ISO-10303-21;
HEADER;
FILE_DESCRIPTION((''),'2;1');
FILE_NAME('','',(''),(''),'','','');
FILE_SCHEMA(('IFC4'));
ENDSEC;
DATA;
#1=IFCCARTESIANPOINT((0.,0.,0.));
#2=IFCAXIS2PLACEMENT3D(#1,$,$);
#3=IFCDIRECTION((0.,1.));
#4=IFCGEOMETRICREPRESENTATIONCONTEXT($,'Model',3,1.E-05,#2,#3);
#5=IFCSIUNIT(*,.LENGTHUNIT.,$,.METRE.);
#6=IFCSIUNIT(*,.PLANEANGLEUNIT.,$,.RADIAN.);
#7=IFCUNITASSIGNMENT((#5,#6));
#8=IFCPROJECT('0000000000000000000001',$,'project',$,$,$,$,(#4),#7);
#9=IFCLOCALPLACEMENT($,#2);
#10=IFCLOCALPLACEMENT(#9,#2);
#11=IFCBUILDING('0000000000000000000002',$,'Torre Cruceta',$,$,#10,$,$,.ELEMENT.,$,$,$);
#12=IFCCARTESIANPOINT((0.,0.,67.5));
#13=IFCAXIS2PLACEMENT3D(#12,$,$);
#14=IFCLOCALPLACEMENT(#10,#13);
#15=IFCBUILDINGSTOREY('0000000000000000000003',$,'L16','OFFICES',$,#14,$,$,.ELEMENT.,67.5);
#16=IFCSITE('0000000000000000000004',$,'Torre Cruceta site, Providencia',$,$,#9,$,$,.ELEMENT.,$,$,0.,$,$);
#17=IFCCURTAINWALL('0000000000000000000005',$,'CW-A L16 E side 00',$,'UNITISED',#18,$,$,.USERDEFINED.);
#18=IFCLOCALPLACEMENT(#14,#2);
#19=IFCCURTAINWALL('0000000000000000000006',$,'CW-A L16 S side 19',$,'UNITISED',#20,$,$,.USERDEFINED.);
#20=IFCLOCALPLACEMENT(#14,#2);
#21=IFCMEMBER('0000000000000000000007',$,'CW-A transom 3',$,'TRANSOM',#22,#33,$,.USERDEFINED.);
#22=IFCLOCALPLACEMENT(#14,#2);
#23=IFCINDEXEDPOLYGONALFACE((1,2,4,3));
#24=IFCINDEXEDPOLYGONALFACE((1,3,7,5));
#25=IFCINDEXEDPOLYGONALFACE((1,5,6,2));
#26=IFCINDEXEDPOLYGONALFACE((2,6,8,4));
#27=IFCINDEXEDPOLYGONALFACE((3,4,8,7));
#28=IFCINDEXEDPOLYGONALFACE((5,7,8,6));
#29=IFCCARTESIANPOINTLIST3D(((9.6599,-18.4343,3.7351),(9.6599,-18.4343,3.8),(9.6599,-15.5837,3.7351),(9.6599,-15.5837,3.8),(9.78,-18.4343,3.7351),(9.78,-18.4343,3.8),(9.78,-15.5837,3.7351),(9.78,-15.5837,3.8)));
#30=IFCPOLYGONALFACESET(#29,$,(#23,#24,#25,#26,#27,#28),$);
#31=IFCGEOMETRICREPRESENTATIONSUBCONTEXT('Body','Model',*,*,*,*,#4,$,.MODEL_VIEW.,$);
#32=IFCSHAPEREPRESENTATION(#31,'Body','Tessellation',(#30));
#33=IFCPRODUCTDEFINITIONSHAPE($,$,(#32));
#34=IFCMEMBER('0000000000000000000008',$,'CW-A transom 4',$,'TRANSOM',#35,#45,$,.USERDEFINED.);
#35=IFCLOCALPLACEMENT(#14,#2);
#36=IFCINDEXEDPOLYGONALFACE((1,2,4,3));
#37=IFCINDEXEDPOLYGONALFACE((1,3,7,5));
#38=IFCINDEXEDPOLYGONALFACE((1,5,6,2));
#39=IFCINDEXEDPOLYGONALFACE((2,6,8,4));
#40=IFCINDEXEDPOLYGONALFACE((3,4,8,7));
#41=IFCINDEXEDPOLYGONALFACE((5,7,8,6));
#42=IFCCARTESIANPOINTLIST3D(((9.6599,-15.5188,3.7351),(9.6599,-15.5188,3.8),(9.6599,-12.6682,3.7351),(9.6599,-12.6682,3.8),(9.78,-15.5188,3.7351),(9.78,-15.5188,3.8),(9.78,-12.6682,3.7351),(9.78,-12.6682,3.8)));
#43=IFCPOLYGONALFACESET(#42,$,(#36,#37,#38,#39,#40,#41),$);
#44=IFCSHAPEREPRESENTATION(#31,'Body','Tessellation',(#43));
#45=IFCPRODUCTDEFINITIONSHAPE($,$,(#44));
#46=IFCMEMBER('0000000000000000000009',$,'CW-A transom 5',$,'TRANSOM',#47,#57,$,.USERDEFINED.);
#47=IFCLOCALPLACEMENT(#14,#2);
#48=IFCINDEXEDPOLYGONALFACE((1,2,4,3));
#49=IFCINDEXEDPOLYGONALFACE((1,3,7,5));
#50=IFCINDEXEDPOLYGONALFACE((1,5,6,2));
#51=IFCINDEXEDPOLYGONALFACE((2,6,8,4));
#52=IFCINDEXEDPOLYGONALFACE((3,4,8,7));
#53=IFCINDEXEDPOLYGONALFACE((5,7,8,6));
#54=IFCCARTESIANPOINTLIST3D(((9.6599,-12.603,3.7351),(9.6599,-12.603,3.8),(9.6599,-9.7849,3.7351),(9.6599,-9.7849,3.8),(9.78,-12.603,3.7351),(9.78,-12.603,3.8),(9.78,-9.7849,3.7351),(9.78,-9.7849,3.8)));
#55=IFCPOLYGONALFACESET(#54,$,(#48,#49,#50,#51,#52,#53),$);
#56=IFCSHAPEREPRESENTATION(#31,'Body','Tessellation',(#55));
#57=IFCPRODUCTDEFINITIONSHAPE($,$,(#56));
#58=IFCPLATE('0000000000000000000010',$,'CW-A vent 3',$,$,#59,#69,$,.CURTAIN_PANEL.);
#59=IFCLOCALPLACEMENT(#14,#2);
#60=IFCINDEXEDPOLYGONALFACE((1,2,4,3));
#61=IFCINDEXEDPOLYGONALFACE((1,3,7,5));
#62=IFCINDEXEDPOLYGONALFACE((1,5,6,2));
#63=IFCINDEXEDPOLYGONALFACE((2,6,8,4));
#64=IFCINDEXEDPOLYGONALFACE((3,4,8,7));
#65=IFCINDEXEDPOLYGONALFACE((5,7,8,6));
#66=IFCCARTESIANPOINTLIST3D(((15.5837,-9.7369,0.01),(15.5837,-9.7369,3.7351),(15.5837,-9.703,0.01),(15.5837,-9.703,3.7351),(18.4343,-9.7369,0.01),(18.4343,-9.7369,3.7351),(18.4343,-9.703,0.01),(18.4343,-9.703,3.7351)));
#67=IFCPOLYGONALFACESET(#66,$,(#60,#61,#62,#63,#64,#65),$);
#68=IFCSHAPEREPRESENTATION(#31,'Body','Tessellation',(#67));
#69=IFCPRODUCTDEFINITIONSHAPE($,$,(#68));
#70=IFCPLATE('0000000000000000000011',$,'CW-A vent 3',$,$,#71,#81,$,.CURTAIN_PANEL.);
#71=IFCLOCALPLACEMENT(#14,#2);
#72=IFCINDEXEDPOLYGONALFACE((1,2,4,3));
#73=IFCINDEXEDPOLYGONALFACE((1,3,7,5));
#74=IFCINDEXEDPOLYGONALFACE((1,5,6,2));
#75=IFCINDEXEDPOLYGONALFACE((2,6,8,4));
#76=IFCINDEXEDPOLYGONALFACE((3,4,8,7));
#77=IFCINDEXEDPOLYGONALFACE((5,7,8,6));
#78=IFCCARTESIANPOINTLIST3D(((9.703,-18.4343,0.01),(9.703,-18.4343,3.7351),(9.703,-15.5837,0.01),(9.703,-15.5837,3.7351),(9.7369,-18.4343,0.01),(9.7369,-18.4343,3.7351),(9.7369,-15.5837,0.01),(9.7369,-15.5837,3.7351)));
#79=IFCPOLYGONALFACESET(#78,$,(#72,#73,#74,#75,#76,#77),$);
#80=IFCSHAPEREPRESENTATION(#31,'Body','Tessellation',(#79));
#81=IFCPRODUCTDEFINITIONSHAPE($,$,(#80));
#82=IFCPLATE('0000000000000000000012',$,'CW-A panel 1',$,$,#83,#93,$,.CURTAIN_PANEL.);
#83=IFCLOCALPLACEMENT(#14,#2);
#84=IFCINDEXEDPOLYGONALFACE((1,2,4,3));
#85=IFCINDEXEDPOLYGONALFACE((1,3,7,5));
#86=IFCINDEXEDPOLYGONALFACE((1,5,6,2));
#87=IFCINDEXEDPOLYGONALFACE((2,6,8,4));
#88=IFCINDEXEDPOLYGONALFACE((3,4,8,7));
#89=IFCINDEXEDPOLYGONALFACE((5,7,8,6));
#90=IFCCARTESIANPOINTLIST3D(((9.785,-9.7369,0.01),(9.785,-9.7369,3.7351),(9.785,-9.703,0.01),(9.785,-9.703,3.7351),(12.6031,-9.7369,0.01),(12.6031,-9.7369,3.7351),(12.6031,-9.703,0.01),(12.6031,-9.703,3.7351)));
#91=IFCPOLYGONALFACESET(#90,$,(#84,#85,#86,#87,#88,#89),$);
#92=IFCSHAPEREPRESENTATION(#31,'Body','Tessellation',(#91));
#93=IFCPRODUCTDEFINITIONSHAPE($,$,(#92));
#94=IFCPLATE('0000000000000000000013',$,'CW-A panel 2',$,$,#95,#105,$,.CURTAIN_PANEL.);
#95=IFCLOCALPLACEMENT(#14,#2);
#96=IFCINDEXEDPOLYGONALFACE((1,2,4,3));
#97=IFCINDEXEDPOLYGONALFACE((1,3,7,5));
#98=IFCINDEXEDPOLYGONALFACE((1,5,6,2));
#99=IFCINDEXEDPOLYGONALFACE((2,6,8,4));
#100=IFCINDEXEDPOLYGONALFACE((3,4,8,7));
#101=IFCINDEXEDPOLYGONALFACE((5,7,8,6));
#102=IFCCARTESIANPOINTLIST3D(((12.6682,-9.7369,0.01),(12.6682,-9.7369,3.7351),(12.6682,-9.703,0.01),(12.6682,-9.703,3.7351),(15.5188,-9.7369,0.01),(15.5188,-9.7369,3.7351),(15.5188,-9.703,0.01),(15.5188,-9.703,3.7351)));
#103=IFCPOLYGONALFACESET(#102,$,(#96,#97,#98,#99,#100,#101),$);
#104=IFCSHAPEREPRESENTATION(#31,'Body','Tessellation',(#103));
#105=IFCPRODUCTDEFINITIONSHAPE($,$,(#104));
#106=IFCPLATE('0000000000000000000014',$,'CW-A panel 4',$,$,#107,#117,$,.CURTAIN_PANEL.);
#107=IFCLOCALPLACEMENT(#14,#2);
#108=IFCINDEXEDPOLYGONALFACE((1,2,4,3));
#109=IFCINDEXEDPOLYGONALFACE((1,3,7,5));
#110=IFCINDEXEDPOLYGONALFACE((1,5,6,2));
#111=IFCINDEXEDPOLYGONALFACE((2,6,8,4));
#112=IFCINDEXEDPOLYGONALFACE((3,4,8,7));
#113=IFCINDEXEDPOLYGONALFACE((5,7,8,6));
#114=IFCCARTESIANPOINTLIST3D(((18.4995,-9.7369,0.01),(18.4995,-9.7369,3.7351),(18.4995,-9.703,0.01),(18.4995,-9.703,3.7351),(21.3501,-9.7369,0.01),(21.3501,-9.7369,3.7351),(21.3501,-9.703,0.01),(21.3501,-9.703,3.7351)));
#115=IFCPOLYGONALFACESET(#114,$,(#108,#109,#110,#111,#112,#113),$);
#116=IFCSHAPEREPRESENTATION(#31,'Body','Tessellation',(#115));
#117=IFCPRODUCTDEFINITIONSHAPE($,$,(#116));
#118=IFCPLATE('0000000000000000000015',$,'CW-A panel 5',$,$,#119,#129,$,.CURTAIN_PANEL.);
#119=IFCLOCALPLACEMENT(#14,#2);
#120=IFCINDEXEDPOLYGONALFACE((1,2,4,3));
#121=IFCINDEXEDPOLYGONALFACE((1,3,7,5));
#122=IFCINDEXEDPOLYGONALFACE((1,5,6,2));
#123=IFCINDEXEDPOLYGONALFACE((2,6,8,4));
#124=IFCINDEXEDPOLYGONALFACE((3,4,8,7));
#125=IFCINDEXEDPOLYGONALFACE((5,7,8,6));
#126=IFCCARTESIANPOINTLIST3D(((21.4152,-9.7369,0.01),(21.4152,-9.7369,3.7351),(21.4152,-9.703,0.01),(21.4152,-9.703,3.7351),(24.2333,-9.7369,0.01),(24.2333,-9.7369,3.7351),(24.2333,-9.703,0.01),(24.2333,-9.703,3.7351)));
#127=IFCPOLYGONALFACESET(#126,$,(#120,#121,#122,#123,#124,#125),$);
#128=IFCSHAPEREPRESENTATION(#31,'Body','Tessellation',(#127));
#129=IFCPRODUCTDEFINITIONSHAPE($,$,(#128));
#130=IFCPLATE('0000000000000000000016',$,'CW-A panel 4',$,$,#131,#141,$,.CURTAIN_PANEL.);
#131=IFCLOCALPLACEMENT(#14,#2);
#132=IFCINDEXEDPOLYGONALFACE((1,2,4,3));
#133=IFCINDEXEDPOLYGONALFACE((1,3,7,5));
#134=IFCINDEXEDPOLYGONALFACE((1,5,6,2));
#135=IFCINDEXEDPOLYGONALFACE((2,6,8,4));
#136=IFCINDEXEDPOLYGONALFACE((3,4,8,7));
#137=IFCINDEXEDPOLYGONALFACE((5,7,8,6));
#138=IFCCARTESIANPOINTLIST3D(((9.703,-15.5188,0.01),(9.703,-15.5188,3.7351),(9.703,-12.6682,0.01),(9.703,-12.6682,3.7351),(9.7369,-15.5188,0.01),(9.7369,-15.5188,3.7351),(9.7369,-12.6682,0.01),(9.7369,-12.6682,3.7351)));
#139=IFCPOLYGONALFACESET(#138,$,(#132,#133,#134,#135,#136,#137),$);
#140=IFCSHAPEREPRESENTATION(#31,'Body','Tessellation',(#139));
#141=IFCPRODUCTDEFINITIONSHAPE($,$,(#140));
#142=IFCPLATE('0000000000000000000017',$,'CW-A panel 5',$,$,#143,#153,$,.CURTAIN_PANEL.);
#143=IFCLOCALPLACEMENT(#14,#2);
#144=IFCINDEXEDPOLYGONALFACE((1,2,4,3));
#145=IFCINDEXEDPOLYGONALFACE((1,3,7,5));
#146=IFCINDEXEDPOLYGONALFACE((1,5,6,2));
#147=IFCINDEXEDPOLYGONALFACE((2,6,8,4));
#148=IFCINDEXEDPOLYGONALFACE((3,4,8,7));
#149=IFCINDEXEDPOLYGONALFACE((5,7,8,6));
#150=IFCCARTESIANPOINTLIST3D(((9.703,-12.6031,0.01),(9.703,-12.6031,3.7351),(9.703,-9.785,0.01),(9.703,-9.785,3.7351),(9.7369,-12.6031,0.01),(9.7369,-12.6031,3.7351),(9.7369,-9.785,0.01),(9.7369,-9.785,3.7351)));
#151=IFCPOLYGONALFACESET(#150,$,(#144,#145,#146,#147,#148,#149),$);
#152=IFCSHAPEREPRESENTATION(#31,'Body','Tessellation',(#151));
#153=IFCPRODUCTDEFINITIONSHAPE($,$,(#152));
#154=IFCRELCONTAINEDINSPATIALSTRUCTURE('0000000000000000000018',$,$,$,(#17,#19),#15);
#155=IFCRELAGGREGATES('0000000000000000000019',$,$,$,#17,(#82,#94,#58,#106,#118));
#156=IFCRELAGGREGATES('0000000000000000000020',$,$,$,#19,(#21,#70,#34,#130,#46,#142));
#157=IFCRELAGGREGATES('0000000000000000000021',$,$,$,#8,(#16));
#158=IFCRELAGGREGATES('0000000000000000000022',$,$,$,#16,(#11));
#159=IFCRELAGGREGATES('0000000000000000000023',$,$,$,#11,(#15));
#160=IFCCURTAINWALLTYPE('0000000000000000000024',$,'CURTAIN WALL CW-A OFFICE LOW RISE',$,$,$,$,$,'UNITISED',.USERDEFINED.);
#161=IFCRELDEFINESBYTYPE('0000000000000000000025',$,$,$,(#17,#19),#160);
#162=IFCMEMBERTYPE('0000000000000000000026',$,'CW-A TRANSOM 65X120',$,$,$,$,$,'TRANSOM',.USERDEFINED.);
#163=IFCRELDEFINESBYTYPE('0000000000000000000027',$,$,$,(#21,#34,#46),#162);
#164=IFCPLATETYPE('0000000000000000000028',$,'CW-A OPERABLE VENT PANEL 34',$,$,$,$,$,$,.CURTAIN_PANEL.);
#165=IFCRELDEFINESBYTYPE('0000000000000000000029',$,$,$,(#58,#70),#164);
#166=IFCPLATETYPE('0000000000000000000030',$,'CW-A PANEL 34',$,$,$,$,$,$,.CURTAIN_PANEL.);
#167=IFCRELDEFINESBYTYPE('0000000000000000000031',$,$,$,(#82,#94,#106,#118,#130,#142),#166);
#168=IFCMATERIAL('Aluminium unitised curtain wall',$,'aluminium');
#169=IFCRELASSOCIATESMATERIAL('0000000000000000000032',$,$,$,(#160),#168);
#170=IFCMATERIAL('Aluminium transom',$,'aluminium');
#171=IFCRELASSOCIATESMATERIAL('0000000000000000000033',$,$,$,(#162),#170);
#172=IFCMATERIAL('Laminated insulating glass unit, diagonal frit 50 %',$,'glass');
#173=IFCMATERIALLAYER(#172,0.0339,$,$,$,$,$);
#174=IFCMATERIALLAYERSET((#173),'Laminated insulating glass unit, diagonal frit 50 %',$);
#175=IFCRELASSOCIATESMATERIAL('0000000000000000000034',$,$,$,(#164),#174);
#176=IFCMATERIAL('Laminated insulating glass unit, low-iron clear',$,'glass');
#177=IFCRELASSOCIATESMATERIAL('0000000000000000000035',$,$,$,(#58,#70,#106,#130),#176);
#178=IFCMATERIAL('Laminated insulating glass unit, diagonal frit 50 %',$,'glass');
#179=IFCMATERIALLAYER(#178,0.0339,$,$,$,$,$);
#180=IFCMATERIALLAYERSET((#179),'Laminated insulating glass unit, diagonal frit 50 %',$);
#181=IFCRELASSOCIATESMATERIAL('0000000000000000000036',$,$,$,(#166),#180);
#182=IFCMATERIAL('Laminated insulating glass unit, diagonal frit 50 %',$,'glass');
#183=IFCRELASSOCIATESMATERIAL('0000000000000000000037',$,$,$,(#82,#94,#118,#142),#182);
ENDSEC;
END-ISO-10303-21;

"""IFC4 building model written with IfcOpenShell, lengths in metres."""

from ifc_helpers import new_model, si_unit, direction, frame, origin, origin_2d, place, context, subcontext, project, spatial, rectangle, extrude, material, layer, layer_set, material_profile, profile_set, type_object, element, aggregate, save


model = new_model("IFC4")

# Units and contexts
model_context = context("Model", 3, precision=1e-05, world=origin(), true_north=direction((0.0, 1.0)))
body_context = subcontext(model_context, "Body", "Model", "MODEL_VIEW")
ifc_project = project(units=[si_unit("LENGTHUNIT", "METRE"), si_unit("PLANEANGLEUNIT", "RADIAN")], contexts=[model_context])

# Site, building, storey
site_placement = place(None, origin())
site = spatial("IfcSite", under=ifc_project, at=site_placement, Name="Torre Cruceta site, Providencia", CompositionType="ELEMENT", RefElevation=0.0)
building_placement = place(site_placement, origin())
building = spatial("IfcBuilding", under=site, at=building_placement, Name="Torre Cruceta", CompositionType="ELEMENT")
storey_placement = place(building_placement, frame((0.0, 0.0, 67.5)))
storey = spatial("IfcBuildingStorey", under=building, at=storey_placement, Name="L16", Description="OFFICES", CompositionType="ELEMENT", Elevation=67.5)

# Curtain walls
ifc_material_1 = material(Name="Aluminium unitised curtain wall", Category="aluminium")
curtain_wall_type = type_object("IfcCurtainWallType", Name="CURTAIN WALL CW-A OFFICE LOW RISE", ElementType="UNITISED", PredefinedType="USERDEFINED", material=ifc_material_1)
curtain_wall_1_placement = place(storey_placement, origin())
curtain_wall_1 = element("IfcCurtainWall", 1, at=curtain_wall_1_placement, inside=storey, type_object=curtain_wall_type, Name="CW-A L16 E side 00", ObjectType="UNITISED", PredefinedType="USERDEFINED")
curtain_wall_2_placement = place(storey_placement, origin())
curtain_wall_2 = element("IfcCurtainWall", 2, at=curtain_wall_2_placement, inside=storey, type_object=curtain_wall_type, Name="CW-A L16 S side 19", ObjectType="UNITISED", PredefinedType="USERDEFINED")

# Members
ifc_material_2 = material(Name="Aluminium transom", Category="aluminium")
ifc_material_profile_1 = material_profile(ifc_material_2, rectangle(XDim=0.1201, YDim=0.0649, at=origin_2d()), Name="AL 120X65")
ifc_profile_set_1 = profile_set([ifc_material_profile_1], Name="Aluminium transom")
member_type_1 = type_object("IfcMemberType", Name="CW-A TRANSOM 65X120", ElementType="TRANSOM", PredefinedType="USERDEFINED", material=ifc_profile_set_1)
member_1_placement = place(storey_placement, frame((9.72, -18.4343, 3.7676), z_axis=(0.0, 1.0, 0.0), x_axis=(-1.0, 0.0, 0.0)))
member_1 = element("IfcMember", 3, at=member_1_placement, type_object=member_type_1, Name="CW-A transom 3", ObjectType="TRANSOM", PredefinedType="USERDEFINED", context=body_context, shape_type="SweptSolid", body=[
    extrude(rectangle(XDim=0.1201, YDim=0.0649, at=origin_2d()), origin(), (0.0, 0.0, 1.0), 2.8506),
])
member_2_placement = place(storey_placement, frame((9.72, -15.5188, 3.7676), z_axis=(0.0, 1.0, 0.0), x_axis=(-1.0, 0.0, 0.0)))
member_2 = element("IfcMember", 4, at=member_2_placement, type_object=member_type_1, Name="CW-A transom 4", ObjectType="TRANSOM", PredefinedType="USERDEFINED", context=body_context, shape_type="SweptSolid", body=[
    extrude(rectangle(XDim=0.1201, YDim=0.0649, at=origin_2d()), origin(), (0.0, 0.0, 1.0), 2.8506),
])
member_3_placement = place(storey_placement, frame((9.72, -12.603, 3.7676), z_axis=(0.0, 1.0, 0.0), x_axis=(-1.0, 0.0, 0.0)))
member_3 = element("IfcMember", 5, at=member_3_placement, type_object=member_type_1, Name="CW-A transom 5", ObjectType="TRANSOM", PredefinedType="USERDEFINED", context=body_context, shape_type="SweptSolid", body=[
    extrude(rectangle(XDim=0.1201, YDim=0.0649, at=origin_2d()), origin(), (0.0, 0.0, 1.0), 2.8181),
])

# Plates
ifc_material_3 = material(Name="Laminated insulating glass unit, low-iron clear", Category="glass")
ifc_material_4 = material(Name="Laminated insulating glass unit, diagonal frit 50 %", Category="glass")
ifc_layer_1 = layer(ifc_material_4, 0.0339)
ifc_layer_set_1 = layer_set([ifc_layer_1], Name="Laminated insulating glass unit, diagonal frit 50 %")
plate_type_1 = type_object("IfcPlateType", Name="CW-A OPERABLE VENT PANEL 34", PredefinedType="CURTAIN_PANEL", material=ifc_layer_set_1)
plate_1_placement = place(storey_placement, frame((17.009, -9.72, 0.01), z_axis=(0.0, 0.0, 1.0), x_axis=(1.0, 0.0, 0.0)))
plate_1 = element("IfcPlate", 6, at=plate_1_placement, type_object=plate_type_1, material=ifc_material_3, Name="CW-A vent 3", PredefinedType="CURTAIN_PANEL", context=body_context, shape_type="SweptSolid", body=[
    extrude(rectangle(XDim=2.8506, YDim=0.0339, at=origin_2d()), origin(), (0.0, 0.0, 1.0), 3.7251),
])
plate_2_placement = place(storey_placement, frame((9.72, -17.009, 0.01), z_axis=(0.0, 0.0, 1.0), x_axis=(0.0, 1.0, 0.0)))
plate_2 = element("IfcPlate", 7, at=plate_2_placement, type_object=plate_type_1, material=ifc_material_3, Name="CW-A vent 3", PredefinedType="CURTAIN_PANEL", context=body_context, shape_type="SweptSolid", body=[
    extrude(rectangle(XDim=2.8506, YDim=0.0339, at=origin_2d()), origin(), (0.0, 0.0, 1.0), 3.7251),
])
ifc_material_5 = material(Name="Laminated insulating glass unit, diagonal frit 50 %", Category="glass")
ifc_material_6 = material(Name="Laminated insulating glass unit, diagonal frit 50 %", Category="glass")
ifc_layer_2 = layer(ifc_material_6, 0.0339)
ifc_layer_set_2 = layer_set([ifc_layer_2], Name="Laminated insulating glass unit, diagonal frit 50 %")
plate_type_2 = type_object("IfcPlateType", Name="CW-A PANEL 34", PredefinedType="CURTAIN_PANEL", material=ifc_layer_set_2)
plate_3_placement = place(storey_placement, frame((11.1941, -9.72, 0.01), z_axis=(0.0, 0.0, 1.0), x_axis=(1.0, 0.0, 0.0)))
plate_3 = element("IfcPlate", 8, at=plate_3_placement, type_object=plate_type_2, material=ifc_material_5, Name="CW-A panel 1", PredefinedType="CURTAIN_PANEL", context=body_context, shape_type="SweptSolid", body=[
    extrude(rectangle(XDim=2.8181, YDim=0.0339, at=origin_2d()), origin(), (0.0, 0.0, 1.0), 3.7251),
])
plate_4_placement = place(storey_placement, frame((14.0935, -9.72, 0.01), z_axis=(0.0, 0.0, 1.0), x_axis=(1.0, 0.0, 0.0)))
plate_4 = element("IfcPlate", 9, at=plate_4_placement, type_object=plate_type_2, material=ifc_material_5, Name="CW-A panel 2", PredefinedType="CURTAIN_PANEL", context=body_context, shape_type="SweptSolid", body=[
    extrude(rectangle(XDim=2.8506, YDim=0.0339, at=origin_2d()), origin(), (0.0, 0.0, 1.0), 3.7251),
])
plate_5_placement = place(storey_placement, frame((19.9248, -9.72, 0.01), z_axis=(0.0, 0.0, 1.0), x_axis=(1.0, 0.0, 0.0)))
plate_5 = element("IfcPlate", 10, at=plate_5_placement, type_object=plate_type_2, material=ifc_material_3, Name="CW-A panel 4", PredefinedType="CURTAIN_PANEL", context=body_context, shape_type="SweptSolid", body=[
    extrude(rectangle(XDim=2.8506, YDim=0.0339, at=origin_2d()), origin(), (0.0, 0.0, 1.0), 3.7251),
])
plate_6_placement = place(storey_placement, frame((22.8242, -9.72, 0.01), z_axis=(0.0, 0.0, 1.0), x_axis=(1.0, 0.0, 0.0)))
plate_6 = element("IfcPlate", 11, at=plate_6_placement, type_object=plate_type_2, material=ifc_material_5, Name="CW-A panel 5", PredefinedType="CURTAIN_PANEL", context=body_context, shape_type="SweptSolid", body=[
    extrude(rectangle(XDim=2.8181, YDim=0.0339, at=origin_2d()), origin(), (0.0, 0.0, 1.0), 3.7251),
])
aggregate(curtain_wall_1, [plate_3, plate_4, plate_1, plate_5, plate_6])
plate_7_placement = place(storey_placement, frame((9.72, -14.0935, 0.01), z_axis=(0.0, 0.0, 1.0), x_axis=(0.0, 1.0, 0.0)))
plate_7 = element("IfcPlate", 12, at=plate_7_placement, type_object=plate_type_2, material=ifc_material_3, Name="CW-A panel 4", PredefinedType="CURTAIN_PANEL", context=body_context, shape_type="SweptSolid", body=[
    extrude(rectangle(XDim=2.8506, YDim=0.0339, at=origin_2d()), origin(), (0.0, 0.0, 1.0), 3.7251),
])
plate_8_placement = place(storey_placement, frame((9.72, -11.1941, 0.01), z_axis=(0.0, 0.0, 1.0), x_axis=(0.0, 1.0, 0.0)))
plate_8 = element("IfcPlate", 13, at=plate_8_placement, type_object=plate_type_2, material=ifc_material_5, Name="CW-A panel 5", PredefinedType="CURTAIN_PANEL", context=body_context, shape_type="SweptSolid", body=[
    extrude(rectangle(XDim=2.8181, YDim=0.0339, at=origin_2d()), origin(), (0.0, 0.0, 1.0), 3.7251),
])
aggregate(curtain_wall_2, [member_1, plate_2, member_2, plate_7, member_3, plate_8])

save(model, "model.ifc")
